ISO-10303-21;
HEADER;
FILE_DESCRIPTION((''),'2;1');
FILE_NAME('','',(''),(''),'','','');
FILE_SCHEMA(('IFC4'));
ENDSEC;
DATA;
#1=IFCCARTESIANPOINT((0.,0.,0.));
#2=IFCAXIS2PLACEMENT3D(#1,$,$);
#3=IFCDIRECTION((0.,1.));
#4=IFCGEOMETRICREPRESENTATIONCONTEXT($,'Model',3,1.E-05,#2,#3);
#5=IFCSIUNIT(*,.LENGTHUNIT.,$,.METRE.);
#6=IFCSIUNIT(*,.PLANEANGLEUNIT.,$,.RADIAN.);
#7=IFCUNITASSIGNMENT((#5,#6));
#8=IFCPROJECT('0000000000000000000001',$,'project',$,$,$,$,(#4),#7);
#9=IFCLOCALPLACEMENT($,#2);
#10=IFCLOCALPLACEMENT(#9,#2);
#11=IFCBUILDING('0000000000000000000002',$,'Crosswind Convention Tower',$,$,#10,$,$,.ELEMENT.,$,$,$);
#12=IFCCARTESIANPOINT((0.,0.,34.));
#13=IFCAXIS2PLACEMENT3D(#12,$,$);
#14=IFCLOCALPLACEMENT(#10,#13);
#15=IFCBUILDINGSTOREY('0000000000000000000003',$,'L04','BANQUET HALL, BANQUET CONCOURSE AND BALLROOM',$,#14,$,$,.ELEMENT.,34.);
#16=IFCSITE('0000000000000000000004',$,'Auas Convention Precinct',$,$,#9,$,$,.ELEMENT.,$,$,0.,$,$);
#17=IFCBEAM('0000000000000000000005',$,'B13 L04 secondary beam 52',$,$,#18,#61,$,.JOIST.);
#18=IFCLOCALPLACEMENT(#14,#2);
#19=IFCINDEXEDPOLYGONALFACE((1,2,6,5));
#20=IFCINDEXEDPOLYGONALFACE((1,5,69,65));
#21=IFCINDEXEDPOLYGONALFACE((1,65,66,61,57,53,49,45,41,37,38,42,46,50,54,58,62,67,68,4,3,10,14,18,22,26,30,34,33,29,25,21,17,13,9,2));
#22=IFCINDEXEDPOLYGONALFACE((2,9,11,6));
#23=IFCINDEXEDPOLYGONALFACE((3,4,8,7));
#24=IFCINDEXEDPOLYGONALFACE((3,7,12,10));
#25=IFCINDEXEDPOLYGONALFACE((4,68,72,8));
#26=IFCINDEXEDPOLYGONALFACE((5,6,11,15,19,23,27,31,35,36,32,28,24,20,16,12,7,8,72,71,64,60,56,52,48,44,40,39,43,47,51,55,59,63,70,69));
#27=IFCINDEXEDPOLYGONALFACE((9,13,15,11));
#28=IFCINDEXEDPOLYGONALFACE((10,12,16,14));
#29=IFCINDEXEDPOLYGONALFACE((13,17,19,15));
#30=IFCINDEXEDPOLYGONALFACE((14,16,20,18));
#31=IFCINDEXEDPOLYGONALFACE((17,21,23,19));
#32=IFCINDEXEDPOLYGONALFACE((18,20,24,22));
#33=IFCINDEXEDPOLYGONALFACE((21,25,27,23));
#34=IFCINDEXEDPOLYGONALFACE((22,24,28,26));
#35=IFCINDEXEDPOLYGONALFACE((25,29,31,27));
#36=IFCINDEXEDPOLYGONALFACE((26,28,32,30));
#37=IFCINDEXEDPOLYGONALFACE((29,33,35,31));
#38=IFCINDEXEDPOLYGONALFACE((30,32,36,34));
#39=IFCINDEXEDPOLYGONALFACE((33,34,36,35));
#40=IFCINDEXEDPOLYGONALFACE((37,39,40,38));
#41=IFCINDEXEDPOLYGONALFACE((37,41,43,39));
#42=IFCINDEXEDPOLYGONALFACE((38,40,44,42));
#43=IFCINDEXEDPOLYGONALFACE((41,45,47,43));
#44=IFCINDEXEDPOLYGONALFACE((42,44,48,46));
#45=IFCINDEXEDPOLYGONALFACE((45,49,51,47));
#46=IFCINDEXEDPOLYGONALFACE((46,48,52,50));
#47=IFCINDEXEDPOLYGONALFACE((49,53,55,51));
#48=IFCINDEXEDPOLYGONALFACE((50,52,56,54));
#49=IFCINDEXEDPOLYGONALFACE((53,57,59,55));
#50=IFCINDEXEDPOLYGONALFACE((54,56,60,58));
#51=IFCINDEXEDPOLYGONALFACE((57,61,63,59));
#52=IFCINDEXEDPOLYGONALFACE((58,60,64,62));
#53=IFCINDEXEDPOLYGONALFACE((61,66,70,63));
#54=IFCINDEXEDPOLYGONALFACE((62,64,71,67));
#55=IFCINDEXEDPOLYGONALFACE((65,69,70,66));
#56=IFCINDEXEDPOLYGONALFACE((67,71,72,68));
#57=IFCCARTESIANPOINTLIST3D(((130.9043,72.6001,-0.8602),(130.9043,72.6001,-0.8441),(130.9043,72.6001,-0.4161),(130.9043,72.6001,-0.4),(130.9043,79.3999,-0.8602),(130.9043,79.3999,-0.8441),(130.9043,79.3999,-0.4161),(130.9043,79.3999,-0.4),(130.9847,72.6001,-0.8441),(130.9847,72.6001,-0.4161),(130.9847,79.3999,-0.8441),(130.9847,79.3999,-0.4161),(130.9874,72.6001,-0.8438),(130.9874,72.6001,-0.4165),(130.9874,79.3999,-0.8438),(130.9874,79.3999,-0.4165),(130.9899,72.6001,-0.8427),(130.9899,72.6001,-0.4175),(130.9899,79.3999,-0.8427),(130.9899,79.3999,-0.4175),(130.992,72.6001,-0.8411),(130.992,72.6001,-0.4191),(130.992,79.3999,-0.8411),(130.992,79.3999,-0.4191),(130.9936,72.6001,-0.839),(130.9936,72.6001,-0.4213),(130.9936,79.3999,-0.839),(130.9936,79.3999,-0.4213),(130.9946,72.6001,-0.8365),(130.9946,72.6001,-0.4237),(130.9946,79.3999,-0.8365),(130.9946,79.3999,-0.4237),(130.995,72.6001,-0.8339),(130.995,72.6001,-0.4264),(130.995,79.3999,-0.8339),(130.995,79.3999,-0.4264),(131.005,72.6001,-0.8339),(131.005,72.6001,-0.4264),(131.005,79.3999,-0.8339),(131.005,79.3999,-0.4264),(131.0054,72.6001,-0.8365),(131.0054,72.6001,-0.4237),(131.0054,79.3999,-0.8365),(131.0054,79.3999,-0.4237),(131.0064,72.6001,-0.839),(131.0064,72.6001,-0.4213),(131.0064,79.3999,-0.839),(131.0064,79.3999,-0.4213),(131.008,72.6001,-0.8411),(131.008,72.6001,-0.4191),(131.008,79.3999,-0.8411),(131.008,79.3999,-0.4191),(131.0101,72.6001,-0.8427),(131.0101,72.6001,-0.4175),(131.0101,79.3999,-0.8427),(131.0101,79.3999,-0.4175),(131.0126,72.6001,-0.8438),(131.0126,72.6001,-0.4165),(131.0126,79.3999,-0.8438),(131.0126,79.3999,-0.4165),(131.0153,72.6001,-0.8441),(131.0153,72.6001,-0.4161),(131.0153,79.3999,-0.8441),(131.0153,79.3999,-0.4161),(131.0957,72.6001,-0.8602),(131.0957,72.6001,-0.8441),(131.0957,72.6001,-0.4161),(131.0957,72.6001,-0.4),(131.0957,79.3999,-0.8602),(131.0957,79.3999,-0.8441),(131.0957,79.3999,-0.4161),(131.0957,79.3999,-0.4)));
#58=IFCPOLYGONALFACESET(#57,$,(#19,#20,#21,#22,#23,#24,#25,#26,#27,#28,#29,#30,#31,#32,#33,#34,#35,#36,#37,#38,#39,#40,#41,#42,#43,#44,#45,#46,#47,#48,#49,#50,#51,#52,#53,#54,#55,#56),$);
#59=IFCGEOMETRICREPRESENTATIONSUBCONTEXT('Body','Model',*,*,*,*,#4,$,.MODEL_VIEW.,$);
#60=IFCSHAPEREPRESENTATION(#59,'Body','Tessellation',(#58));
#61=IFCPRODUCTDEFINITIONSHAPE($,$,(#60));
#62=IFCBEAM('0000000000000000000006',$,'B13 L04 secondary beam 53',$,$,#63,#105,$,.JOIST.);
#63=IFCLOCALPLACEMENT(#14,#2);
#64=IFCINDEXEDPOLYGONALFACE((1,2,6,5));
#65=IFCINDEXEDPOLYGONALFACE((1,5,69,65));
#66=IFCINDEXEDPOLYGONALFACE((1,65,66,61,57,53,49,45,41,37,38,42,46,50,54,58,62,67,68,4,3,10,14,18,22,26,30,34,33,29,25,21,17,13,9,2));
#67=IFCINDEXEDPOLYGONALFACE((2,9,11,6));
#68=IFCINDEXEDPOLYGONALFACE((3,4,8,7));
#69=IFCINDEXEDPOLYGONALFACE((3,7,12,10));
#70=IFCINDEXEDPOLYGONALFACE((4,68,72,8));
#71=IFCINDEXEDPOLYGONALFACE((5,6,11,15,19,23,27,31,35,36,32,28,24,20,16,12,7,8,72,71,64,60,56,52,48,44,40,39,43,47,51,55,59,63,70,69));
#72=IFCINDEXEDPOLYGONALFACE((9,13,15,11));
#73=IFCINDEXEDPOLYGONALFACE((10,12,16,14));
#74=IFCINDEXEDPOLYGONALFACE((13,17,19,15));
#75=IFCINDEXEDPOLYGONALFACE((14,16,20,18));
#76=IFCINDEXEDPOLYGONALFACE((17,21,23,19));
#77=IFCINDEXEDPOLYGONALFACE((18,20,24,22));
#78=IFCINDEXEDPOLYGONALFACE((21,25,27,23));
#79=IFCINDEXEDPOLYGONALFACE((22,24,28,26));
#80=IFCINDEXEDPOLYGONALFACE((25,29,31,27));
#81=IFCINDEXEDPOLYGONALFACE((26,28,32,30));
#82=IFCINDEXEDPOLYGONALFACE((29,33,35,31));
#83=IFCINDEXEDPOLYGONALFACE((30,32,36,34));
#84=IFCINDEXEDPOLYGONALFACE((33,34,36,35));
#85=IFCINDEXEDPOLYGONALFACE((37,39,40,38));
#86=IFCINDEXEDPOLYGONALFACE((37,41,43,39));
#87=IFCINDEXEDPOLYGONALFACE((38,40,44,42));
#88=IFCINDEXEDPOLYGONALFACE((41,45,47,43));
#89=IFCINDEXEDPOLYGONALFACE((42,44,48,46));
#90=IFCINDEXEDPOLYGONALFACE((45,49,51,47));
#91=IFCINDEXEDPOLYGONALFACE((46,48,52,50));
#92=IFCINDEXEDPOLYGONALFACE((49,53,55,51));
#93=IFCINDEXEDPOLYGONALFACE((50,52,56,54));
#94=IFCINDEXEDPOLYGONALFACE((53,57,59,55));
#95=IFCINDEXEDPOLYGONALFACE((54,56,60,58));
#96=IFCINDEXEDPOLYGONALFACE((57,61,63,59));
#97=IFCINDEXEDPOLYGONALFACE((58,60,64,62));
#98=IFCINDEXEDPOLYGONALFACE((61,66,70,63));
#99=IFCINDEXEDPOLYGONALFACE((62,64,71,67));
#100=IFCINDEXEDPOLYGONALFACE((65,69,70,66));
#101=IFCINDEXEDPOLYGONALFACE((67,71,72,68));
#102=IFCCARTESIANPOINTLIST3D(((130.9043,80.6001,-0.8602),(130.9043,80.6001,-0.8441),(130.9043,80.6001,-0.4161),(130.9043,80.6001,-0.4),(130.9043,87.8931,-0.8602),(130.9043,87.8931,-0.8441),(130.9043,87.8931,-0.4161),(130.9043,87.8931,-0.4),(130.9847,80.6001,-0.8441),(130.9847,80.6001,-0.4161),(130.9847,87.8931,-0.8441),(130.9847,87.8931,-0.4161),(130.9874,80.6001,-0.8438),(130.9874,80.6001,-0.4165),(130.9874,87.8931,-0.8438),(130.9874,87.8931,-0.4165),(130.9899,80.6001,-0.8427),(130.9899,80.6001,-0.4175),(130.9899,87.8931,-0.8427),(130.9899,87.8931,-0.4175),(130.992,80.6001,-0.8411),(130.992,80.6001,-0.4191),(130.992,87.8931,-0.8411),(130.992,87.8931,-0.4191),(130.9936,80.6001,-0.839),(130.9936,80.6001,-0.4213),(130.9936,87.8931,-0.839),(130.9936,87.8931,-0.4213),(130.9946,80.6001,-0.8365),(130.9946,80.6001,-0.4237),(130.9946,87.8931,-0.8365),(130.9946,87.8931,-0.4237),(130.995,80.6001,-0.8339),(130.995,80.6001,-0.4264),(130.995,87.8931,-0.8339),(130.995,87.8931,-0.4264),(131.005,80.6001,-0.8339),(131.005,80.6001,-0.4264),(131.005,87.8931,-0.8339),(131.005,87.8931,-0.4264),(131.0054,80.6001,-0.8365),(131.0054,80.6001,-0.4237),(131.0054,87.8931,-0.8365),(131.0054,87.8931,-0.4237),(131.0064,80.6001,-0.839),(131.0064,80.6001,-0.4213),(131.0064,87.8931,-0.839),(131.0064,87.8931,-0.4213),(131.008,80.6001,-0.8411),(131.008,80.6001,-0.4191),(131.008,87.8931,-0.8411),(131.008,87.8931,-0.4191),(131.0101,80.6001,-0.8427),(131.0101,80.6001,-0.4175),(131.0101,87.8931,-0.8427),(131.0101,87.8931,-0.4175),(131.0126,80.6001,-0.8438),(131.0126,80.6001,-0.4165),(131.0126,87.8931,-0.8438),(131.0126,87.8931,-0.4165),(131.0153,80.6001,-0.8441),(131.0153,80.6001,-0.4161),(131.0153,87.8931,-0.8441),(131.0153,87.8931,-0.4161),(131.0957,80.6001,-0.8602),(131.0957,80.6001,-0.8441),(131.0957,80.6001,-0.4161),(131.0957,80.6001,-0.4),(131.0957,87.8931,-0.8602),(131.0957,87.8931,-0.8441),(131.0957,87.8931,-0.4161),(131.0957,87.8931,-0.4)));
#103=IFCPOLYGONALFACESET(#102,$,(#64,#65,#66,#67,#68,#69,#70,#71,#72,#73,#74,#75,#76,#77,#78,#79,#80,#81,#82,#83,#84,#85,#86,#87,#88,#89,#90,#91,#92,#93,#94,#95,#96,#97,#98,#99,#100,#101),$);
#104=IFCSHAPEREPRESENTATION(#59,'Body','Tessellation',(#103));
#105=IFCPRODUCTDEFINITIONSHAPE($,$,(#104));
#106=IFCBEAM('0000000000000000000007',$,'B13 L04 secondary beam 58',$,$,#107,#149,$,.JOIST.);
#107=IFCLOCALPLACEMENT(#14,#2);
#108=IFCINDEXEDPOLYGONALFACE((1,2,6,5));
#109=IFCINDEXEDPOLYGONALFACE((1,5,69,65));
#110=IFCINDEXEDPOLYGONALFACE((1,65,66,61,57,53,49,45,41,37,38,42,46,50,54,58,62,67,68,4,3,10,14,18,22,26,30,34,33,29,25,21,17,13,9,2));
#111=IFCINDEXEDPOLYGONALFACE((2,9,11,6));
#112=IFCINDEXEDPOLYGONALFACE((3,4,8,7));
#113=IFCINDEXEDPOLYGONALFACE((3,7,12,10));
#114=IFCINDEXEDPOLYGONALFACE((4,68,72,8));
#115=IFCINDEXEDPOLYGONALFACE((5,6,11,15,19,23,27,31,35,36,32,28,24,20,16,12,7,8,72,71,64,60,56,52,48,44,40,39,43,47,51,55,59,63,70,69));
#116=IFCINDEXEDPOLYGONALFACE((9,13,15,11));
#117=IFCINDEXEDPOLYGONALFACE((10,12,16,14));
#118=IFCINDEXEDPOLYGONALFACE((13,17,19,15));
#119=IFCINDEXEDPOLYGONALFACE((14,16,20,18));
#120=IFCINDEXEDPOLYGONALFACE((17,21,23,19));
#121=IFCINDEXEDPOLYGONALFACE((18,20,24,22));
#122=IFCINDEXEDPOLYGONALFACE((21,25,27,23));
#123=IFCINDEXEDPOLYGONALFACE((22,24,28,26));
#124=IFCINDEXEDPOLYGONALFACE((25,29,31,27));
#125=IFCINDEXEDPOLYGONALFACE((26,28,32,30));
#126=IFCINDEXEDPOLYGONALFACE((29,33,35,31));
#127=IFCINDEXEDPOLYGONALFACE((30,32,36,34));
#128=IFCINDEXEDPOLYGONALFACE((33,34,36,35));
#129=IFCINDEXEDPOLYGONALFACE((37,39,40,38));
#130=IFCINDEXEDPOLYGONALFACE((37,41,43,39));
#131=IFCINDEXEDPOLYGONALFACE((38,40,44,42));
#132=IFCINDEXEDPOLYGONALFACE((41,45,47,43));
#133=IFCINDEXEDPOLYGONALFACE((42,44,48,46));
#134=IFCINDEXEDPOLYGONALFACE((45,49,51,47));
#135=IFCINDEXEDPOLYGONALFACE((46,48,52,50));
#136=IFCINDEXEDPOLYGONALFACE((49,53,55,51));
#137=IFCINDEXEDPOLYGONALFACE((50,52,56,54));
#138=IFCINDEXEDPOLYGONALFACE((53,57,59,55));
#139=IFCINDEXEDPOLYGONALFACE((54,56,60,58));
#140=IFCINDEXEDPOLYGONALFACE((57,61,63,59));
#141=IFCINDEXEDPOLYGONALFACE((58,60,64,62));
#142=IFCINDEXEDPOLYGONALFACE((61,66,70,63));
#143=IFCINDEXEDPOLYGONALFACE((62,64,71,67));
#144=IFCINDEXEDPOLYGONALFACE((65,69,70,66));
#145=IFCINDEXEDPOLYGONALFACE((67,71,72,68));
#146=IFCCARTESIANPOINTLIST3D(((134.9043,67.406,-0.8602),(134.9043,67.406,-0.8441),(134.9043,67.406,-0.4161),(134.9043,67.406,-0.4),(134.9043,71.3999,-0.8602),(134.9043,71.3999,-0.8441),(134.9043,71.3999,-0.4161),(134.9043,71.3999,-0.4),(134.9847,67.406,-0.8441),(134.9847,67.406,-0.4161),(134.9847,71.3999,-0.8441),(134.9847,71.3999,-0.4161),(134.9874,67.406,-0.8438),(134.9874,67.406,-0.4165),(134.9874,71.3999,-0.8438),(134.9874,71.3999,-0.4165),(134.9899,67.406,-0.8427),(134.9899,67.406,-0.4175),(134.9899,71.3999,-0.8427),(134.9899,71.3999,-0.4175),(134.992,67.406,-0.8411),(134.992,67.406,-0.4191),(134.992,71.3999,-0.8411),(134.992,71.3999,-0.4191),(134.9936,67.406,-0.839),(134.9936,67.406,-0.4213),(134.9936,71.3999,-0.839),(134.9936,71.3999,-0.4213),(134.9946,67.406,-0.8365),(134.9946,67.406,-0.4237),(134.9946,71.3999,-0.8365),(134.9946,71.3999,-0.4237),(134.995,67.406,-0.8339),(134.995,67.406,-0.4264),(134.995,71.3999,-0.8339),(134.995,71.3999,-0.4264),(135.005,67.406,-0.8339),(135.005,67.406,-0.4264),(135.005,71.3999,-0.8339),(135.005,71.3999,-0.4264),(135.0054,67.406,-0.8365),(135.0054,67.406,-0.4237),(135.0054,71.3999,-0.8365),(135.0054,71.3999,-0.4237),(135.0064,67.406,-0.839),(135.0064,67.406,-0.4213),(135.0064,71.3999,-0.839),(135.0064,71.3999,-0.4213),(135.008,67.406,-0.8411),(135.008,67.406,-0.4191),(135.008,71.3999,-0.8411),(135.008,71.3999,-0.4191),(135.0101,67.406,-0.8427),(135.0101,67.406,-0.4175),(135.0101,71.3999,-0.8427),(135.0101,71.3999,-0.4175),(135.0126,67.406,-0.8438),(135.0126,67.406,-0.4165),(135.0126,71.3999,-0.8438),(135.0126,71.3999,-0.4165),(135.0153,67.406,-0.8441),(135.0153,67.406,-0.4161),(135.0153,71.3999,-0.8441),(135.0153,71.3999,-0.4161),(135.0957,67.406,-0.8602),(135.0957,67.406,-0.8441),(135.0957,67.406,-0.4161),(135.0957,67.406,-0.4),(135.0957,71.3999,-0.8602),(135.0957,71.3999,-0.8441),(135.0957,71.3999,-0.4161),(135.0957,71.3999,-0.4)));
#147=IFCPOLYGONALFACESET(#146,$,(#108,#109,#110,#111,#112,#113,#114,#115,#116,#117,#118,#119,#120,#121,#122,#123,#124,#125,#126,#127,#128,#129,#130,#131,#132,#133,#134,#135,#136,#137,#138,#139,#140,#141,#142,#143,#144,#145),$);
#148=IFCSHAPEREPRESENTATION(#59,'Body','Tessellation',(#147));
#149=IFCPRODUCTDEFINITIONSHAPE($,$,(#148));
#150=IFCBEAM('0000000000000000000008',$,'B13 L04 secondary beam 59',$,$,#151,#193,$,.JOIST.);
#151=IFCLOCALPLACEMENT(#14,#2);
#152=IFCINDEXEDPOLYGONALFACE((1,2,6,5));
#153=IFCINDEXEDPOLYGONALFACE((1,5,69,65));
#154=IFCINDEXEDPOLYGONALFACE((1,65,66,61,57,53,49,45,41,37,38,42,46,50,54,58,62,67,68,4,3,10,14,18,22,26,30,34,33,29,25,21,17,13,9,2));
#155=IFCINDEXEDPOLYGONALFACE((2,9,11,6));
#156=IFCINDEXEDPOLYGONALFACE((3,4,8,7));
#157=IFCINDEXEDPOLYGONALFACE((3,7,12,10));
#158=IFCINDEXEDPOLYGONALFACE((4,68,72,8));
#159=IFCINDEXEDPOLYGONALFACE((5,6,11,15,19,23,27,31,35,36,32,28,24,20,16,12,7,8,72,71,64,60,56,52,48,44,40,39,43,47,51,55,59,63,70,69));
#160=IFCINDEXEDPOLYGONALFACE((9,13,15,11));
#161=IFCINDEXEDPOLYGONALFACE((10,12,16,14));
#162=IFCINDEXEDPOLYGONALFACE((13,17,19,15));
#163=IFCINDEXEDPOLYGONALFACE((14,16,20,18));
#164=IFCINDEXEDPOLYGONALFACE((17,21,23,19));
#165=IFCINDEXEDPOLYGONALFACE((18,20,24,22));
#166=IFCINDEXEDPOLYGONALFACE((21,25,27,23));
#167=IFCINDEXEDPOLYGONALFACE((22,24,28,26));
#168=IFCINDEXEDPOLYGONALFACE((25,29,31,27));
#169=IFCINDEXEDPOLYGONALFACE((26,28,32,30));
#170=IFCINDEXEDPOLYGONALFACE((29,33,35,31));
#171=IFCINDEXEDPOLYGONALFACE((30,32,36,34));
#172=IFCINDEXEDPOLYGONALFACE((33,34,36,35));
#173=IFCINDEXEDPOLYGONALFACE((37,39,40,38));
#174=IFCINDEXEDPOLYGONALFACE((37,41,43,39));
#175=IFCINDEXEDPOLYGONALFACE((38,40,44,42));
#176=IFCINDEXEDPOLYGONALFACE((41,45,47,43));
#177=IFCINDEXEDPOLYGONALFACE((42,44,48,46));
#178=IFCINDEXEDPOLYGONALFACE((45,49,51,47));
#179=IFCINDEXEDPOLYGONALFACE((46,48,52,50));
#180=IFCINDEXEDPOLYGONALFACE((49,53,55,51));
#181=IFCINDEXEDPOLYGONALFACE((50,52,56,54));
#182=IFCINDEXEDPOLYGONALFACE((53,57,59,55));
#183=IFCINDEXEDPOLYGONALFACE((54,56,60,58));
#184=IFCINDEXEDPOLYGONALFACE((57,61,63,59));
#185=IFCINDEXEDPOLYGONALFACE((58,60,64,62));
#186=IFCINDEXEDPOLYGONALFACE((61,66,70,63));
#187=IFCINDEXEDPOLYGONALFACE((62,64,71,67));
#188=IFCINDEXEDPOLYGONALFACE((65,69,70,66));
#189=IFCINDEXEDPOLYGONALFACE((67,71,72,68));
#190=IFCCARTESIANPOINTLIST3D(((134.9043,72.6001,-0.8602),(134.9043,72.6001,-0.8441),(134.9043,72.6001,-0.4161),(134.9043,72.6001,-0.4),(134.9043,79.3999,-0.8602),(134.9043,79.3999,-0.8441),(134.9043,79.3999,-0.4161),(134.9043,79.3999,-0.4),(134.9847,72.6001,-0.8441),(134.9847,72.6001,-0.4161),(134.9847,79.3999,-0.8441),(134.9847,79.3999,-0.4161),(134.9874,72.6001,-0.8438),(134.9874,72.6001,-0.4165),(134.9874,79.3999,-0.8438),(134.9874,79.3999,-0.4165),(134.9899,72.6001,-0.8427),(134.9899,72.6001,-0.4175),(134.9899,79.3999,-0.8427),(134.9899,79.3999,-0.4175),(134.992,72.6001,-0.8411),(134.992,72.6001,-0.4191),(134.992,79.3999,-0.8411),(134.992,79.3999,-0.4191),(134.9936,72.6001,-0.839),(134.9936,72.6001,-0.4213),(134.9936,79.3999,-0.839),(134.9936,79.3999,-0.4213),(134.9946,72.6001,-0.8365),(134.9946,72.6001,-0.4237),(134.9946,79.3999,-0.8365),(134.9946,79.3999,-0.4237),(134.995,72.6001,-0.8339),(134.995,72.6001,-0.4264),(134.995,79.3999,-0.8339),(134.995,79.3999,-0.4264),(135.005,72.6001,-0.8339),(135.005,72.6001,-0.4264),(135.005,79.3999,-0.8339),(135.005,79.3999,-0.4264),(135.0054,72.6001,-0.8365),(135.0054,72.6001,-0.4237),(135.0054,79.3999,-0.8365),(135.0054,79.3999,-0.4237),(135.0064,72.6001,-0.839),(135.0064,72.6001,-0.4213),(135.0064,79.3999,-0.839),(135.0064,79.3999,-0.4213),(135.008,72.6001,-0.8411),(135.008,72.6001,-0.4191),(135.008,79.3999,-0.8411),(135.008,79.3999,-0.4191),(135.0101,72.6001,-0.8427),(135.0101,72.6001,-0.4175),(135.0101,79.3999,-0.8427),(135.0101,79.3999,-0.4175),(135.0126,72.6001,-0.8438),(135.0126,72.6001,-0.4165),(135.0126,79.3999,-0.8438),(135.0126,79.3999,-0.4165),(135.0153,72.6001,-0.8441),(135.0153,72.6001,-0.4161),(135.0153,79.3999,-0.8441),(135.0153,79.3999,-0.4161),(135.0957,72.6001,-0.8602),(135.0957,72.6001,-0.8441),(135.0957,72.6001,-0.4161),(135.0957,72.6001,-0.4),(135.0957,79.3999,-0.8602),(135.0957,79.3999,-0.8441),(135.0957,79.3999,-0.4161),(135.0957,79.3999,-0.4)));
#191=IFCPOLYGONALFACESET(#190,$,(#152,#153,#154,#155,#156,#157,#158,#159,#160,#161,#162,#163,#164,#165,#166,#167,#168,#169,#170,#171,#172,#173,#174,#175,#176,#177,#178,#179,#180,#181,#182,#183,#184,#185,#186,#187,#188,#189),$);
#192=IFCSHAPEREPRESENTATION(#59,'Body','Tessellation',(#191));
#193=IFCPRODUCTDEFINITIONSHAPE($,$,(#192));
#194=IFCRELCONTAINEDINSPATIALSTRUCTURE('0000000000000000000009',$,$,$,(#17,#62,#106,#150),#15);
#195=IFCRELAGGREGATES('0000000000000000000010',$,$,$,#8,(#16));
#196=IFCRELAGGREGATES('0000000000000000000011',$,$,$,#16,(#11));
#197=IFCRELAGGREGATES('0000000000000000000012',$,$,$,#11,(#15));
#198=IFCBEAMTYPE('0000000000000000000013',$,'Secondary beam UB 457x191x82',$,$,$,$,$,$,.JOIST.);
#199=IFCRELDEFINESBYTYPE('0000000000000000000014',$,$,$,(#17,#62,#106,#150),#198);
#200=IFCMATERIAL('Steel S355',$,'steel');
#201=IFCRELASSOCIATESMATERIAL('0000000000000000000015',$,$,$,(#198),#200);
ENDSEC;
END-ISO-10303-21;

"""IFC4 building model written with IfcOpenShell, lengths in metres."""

from ifc_helpers import new_model, si_unit, direction, frame, origin, origin_2d, place, context, subcontext, project, spatial, i_section, extrude, material, material_profile, profile_set, type_object, element, save


model = new_model("IFC4")

# Units and contexts
model_context = context("Model", 3, precision=1e-05, world=origin(), true_north=direction((0.0, 1.0)))
body_context = subcontext(model_context, "Body", "Model", "MODEL_VIEW")
ifc_project = project(units=[si_unit("LENGTHUNIT", "METRE"), si_unit("PLANEANGLEUNIT", "RADIAN")], contexts=[model_context])

# Site, building, storey
site_placement = place(None, origin())
site = spatial("IfcSite", under=ifc_project, at=site_placement, Name="Auas Convention Precinct", CompositionType="ELEMENT", RefElevation=0.0)
building_placement = place(site_placement, origin())
building = spatial("IfcBuilding", under=site, at=building_placement, Name="Crosswind Convention Tower", CompositionType="ELEMENT")
storey_placement = place(building_placement, frame((0.0, 0.0, 34.0)))
storey = spatial("IfcBuildingStorey", under=building, at=storey_placement, Name="L04", Description="BANQUET HALL, BANQUET CONCOURSE AND BALLROOM", CompositionType="ELEMENT", Elevation=34.0)

# Shared definitions
ifc_material_1 = material(Name="Steel S355", Category="steel")

# Beams
ifc_material_profile_1 = material_profile(ifc_material_1, i_section(OverallWidth=0.1914, OverallDepth=0.4602, WebThickness=0.01, FlangeThickness=0.0161, FilletRadius=0.0103, at=origin_2d()), Name="UB 457x191x82")
ifc_profile_set_1 = profile_set([ifc_material_profile_1], Name="Steel S355")
beam_type_1 = type_object("IfcBeamType", Name="Secondary beam UB 457x191x82", PredefinedType="JOIST", material=ifc_profile_set_1)
beam_1_placement = place(storey_placement, frame((131.0, 72.6001, -0.6301), z_axis=(0.0, 1.0, 0.0), x_axis=(-1.0, 0.0, 0.0)))
element("IfcBeam", 1, at=beam_1_placement, inside=storey, type_object=beam_type_1, Name="B13 L04 secondary beam 52", PredefinedType="JOIST", context=body_context, shape_type="SweptSolid", body=[
    extrude(i_section(OverallWidth=0.1914, OverallDepth=0.4602, WebThickness=0.01, FlangeThickness=0.0161, FilletRadius=0.0103, at=origin_2d()), origin(), (0.0, 0.0, 1.0), 6.7998),
])
beam_2_placement = place(storey_placement, frame((131.0, 80.6001, -0.6301), z_axis=(0.0, 1.0, 0.0), x_axis=(-1.0, 0.0, 0.0)))
element("IfcBeam", 2, at=beam_2_placement, inside=storey, type_object=beam_type_1, Name="B13 L04 secondary beam 53", PredefinedType="JOIST", context=body_context, shape_type="SweptSolid", body=[
    extrude(i_section(OverallWidth=0.1914, OverallDepth=0.4602, WebThickness=0.01, FlangeThickness=0.0161, FilletRadius=0.0103, at=origin_2d()), origin(), (0.0, 0.0, 1.0), 7.293),
])
beam_3_placement = place(storey_placement, frame((135.0, 67.406, -0.6301), z_axis=(0.0, 1.0, 0.0), x_axis=(-1.0, 0.0, 0.0)))
element("IfcBeam", 3, at=beam_3_placement, inside=storey, type_object=beam_type_1, Name="B13 L04 secondary beam 58", PredefinedType="JOIST", context=body_context, shape_type="SweptSolid", body=[
    extrude(i_section(OverallWidth=0.1914, OverallDepth=0.4602, WebThickness=0.01, FlangeThickness=0.0161, FilletRadius=0.0103, at=origin_2d()), origin(), (0.0, 0.0, 1.0), 3.9939),
])
beam_4_placement = place(storey_placement, frame((135.0, 72.6001, -0.6301), z_axis=(0.0, 1.0, 0.0), x_axis=(-1.0, 0.0, 0.0)))
element("IfcBeam", 4, at=beam_4_placement, inside=storey, type_object=beam_type_1, Name="B13 L04 secondary beam 59", PredefinedType="JOIST", context=body_context, shape_type="SweptSolid", body=[
    extrude(i_section(OverallWidth=0.1914, OverallDepth=0.4602, WebThickness=0.01, FlangeThickness=0.0161, FilletRadius=0.0103, at=origin_2d()), origin(), (0.0, 0.0, 1.0), 6.7998),
])

save(model, "model.ifc")
